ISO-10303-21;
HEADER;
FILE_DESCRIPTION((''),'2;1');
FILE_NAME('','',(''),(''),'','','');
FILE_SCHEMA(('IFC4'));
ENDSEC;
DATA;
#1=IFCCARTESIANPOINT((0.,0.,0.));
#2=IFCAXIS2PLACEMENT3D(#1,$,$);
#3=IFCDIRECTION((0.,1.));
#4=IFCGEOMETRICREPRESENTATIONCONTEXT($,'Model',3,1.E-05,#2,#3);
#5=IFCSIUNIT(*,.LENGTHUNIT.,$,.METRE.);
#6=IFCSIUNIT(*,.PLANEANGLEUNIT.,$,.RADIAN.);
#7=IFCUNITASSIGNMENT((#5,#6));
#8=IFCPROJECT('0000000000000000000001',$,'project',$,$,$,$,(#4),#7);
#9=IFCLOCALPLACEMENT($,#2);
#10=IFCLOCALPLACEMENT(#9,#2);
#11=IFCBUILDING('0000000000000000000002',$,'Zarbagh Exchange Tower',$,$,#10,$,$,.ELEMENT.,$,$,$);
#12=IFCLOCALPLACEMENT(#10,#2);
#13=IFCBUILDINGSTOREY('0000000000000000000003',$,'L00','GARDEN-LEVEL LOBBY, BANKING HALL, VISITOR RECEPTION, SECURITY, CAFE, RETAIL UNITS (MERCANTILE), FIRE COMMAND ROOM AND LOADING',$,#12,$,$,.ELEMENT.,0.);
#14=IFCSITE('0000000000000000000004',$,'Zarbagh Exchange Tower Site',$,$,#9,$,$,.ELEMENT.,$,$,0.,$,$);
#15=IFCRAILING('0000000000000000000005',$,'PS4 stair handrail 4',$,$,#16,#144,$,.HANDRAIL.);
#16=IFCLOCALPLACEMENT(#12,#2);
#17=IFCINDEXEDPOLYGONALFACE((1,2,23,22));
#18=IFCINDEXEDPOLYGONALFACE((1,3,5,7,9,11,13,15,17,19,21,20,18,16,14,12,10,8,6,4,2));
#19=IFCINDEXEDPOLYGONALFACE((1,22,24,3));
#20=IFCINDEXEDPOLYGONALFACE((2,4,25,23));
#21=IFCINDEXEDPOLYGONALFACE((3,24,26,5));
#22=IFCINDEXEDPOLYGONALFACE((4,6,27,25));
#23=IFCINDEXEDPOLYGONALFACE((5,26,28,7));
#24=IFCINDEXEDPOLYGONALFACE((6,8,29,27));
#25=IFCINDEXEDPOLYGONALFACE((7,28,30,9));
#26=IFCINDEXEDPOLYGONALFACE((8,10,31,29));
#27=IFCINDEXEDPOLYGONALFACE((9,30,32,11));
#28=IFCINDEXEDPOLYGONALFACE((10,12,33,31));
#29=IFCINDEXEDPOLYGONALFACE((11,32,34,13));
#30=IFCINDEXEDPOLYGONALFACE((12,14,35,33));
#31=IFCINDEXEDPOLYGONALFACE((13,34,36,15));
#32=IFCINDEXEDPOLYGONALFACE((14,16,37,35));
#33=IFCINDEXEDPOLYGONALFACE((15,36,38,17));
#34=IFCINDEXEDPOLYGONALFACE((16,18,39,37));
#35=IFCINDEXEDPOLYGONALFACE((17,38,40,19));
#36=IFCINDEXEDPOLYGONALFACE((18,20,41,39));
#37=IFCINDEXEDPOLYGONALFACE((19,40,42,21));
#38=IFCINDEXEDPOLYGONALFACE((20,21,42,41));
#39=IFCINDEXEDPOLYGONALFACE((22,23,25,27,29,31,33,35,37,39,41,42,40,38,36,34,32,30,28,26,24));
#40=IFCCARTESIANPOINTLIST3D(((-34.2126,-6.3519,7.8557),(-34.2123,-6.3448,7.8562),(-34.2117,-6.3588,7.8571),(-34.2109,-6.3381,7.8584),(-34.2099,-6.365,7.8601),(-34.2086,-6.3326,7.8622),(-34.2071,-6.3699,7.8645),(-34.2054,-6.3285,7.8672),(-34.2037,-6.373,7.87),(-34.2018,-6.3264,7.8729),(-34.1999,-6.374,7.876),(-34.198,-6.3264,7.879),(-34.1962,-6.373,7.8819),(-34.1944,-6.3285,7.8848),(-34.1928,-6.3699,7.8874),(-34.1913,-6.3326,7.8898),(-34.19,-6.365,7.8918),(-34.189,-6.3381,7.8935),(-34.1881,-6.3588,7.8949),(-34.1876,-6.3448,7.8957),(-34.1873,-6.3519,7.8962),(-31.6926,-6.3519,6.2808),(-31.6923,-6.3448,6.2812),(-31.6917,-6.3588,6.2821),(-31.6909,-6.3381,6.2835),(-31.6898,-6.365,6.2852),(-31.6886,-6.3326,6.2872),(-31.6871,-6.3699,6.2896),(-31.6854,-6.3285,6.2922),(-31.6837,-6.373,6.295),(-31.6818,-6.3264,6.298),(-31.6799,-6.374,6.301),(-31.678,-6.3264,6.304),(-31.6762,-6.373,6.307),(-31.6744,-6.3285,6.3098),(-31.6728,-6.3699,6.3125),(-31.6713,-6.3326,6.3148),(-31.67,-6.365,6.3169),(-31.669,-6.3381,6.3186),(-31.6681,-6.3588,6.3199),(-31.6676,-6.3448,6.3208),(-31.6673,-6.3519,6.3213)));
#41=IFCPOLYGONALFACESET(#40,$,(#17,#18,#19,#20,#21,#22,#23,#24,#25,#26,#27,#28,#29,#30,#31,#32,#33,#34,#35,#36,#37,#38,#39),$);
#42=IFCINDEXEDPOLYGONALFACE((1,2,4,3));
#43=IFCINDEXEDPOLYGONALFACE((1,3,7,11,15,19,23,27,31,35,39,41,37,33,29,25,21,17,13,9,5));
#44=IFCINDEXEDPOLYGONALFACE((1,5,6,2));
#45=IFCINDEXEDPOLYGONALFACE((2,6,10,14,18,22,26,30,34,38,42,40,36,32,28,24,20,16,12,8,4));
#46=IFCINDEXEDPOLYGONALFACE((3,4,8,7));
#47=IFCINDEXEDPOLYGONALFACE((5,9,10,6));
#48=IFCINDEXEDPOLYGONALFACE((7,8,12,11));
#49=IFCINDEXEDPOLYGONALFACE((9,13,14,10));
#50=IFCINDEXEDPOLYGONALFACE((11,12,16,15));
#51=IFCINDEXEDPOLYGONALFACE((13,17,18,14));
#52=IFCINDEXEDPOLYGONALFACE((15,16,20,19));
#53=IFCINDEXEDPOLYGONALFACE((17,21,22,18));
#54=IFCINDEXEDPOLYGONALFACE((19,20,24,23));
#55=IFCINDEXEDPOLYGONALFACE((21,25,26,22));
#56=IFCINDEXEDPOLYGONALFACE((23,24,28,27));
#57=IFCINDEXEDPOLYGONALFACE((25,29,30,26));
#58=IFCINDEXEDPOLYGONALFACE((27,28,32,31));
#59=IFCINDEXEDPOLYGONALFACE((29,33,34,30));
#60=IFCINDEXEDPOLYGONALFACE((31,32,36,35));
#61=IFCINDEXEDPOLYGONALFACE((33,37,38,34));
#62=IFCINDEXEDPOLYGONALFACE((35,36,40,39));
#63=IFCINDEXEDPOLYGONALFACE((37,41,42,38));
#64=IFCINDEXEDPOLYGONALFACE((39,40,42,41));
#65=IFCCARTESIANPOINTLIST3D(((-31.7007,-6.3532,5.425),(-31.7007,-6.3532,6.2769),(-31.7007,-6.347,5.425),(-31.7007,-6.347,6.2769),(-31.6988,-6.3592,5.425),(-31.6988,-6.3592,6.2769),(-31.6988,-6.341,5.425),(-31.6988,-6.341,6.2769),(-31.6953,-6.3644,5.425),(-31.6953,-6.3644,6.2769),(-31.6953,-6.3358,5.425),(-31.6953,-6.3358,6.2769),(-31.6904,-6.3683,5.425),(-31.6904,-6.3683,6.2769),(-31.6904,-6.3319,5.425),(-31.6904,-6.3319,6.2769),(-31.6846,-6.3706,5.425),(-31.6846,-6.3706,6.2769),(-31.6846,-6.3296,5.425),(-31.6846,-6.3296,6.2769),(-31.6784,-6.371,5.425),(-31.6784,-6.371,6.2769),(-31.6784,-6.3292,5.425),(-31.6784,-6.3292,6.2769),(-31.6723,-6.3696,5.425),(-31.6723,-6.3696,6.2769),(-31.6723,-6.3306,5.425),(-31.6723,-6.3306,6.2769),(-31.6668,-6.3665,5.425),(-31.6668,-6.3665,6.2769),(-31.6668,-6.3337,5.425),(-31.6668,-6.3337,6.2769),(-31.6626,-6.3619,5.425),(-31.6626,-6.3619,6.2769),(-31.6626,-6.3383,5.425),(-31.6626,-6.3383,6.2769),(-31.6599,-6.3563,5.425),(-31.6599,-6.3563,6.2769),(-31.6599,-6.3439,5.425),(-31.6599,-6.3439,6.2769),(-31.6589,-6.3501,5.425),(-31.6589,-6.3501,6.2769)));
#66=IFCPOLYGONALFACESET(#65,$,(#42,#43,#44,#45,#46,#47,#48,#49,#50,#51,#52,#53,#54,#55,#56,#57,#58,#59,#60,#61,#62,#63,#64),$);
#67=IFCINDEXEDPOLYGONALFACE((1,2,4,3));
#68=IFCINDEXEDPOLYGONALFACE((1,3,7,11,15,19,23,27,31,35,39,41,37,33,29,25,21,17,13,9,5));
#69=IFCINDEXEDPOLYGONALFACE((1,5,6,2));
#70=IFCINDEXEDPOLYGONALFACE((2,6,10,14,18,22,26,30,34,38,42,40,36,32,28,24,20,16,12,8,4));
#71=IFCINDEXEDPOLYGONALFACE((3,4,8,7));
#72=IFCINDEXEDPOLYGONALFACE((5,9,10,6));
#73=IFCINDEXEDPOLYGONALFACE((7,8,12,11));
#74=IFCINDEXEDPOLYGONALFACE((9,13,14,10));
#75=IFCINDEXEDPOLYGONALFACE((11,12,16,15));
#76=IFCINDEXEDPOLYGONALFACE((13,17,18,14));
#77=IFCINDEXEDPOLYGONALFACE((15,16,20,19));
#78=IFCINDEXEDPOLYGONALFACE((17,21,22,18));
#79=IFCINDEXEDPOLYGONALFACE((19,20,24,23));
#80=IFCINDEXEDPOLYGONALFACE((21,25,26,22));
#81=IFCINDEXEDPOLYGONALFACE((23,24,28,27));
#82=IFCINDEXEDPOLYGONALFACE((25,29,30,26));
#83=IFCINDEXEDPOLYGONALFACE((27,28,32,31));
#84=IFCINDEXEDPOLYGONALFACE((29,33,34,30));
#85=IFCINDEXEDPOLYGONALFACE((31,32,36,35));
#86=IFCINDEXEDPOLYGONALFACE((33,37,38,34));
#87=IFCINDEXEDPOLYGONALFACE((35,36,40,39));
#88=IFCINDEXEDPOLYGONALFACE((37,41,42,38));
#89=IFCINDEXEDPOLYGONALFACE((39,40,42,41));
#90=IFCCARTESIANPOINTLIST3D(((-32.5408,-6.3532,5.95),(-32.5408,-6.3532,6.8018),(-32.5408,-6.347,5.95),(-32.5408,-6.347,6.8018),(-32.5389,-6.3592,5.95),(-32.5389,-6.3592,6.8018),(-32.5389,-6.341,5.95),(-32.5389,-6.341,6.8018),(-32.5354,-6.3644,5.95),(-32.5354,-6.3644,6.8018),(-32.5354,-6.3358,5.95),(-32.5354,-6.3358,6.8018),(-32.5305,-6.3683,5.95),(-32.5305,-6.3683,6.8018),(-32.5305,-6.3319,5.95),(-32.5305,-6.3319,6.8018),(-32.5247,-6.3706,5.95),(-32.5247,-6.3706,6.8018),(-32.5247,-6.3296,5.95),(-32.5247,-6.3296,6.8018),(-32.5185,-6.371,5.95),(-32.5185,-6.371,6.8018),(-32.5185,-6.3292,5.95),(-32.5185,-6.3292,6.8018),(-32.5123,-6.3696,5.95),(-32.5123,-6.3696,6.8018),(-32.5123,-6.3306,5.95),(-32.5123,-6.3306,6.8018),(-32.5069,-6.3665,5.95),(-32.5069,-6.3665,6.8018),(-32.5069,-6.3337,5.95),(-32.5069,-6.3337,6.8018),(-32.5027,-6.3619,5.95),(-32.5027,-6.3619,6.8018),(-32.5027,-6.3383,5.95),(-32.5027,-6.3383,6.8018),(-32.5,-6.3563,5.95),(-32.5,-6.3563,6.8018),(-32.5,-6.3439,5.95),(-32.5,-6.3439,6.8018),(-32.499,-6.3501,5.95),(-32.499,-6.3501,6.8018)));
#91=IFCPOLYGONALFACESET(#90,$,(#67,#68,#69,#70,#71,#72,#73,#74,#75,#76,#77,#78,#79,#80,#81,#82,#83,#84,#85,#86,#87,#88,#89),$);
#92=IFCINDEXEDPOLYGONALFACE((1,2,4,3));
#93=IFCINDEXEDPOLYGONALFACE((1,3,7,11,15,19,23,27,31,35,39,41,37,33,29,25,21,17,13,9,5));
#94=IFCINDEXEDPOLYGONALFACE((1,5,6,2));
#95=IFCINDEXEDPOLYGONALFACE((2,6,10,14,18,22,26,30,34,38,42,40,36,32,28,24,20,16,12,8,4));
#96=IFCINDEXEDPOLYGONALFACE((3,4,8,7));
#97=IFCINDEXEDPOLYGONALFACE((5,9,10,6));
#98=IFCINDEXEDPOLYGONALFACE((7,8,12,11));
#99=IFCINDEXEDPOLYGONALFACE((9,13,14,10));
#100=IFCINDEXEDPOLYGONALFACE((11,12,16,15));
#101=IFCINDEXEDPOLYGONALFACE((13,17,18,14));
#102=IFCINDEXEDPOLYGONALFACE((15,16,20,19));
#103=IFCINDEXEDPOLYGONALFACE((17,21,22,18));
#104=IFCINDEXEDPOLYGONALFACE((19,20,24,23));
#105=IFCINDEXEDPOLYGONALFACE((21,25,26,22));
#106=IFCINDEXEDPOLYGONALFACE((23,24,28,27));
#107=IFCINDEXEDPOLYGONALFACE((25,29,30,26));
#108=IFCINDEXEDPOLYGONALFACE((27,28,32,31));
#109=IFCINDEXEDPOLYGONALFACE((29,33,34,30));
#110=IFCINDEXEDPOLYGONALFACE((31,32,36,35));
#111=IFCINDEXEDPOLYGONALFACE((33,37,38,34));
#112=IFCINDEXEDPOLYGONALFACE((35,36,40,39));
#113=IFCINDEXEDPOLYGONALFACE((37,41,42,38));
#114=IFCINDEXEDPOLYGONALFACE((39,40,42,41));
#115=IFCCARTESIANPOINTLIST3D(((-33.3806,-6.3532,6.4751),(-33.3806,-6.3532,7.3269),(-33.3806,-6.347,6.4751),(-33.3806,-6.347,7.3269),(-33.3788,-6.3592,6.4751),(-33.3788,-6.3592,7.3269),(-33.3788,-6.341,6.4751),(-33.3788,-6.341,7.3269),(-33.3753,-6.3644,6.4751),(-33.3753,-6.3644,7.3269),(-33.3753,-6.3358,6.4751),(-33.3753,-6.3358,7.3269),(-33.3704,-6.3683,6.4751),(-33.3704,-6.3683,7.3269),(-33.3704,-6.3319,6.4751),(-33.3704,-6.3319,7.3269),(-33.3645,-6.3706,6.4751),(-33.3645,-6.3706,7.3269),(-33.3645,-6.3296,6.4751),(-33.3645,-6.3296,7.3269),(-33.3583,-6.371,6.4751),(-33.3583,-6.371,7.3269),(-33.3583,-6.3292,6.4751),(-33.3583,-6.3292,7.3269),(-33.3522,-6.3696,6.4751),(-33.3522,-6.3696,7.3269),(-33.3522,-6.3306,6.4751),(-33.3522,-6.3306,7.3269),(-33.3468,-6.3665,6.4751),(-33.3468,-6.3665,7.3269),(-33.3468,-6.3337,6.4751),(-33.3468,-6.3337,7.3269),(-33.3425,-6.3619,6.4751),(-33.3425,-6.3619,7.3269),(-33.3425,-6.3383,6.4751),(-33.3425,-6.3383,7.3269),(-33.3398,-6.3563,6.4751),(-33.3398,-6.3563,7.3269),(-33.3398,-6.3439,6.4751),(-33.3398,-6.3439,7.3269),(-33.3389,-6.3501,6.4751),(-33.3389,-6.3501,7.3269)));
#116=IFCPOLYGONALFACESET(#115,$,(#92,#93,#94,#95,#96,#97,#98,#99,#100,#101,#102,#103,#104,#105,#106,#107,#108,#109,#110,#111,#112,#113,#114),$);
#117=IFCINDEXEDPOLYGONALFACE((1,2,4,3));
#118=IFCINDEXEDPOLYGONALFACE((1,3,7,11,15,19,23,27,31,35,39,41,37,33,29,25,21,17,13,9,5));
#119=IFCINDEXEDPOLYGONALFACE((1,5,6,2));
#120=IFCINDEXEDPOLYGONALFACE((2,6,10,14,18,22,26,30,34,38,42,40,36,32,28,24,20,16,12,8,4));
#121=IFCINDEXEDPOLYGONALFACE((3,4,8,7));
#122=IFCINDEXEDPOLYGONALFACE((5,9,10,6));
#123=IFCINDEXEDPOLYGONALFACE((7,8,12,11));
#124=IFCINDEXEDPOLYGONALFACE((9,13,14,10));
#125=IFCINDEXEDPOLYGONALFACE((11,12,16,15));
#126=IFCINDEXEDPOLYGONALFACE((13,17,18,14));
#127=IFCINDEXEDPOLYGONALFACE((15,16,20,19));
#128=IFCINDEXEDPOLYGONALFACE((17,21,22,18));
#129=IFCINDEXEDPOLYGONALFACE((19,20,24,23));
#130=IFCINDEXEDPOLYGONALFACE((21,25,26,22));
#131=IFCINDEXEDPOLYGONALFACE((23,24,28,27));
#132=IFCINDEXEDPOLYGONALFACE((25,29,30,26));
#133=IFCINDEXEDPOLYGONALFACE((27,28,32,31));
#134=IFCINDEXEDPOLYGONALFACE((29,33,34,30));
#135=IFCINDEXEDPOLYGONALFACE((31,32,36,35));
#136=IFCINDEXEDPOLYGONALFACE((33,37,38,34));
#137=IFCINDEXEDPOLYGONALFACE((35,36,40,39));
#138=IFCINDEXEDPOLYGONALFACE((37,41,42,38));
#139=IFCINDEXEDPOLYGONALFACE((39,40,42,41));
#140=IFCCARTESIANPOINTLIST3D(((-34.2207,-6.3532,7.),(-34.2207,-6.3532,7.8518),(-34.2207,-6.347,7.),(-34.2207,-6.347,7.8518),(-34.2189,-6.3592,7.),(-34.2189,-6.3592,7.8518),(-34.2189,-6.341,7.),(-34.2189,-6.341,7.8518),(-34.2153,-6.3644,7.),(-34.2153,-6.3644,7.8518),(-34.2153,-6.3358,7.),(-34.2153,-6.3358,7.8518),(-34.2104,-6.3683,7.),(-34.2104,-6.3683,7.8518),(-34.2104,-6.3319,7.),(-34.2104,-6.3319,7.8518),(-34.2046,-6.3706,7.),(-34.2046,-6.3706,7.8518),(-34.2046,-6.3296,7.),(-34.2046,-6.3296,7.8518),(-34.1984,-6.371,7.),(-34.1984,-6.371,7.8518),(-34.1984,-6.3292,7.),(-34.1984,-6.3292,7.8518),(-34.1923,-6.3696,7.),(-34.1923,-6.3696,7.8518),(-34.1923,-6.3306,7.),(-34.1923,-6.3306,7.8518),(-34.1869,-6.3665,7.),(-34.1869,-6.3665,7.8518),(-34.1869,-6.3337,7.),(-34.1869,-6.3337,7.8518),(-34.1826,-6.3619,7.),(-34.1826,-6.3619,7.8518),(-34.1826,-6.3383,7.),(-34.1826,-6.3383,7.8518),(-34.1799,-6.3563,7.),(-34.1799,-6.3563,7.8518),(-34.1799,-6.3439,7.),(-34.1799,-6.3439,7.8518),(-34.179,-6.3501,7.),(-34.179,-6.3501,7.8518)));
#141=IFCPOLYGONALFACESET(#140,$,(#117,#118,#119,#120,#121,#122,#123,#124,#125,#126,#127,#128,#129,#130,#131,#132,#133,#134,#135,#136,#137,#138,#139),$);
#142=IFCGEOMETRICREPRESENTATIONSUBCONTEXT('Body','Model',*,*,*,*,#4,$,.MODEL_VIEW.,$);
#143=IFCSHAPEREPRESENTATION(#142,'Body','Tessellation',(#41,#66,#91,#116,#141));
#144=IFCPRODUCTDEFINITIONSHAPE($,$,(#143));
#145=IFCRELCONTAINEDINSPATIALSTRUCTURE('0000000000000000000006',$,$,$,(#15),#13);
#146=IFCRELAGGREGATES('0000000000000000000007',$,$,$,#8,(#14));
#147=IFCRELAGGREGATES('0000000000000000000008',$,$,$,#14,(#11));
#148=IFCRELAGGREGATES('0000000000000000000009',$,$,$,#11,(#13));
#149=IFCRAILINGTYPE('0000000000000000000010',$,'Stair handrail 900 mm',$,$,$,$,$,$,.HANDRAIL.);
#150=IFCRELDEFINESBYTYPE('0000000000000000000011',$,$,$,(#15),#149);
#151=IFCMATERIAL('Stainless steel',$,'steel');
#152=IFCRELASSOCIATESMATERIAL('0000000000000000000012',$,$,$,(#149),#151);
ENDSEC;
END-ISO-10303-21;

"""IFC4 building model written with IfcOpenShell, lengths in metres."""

from ifc_helpers import new_model, si_unit, direction, frame, origin, origin_2d, place, context, subcontext, project, spatial, circle, extrude, material, type_object, element, save


model = new_model("IFC4")

# Units and contexts
model_context = context("Model", 3, precision=1e-05, world=origin(), true_north=direction((0.0, 1.0)))
body_context = subcontext(model_context, "Body", "Model", "MODEL_VIEW")
ifc_project = project(units=[si_unit("LENGTHUNIT", "METRE"), si_unit("PLANEANGLEUNIT", "RADIAN")], contexts=[model_context])

# Site, building, storey
site_placement = place(None, origin())
site = spatial("IfcSite", under=ifc_project, at=site_placement, Name="Zarbagh Exchange Tower Site", CompositionType="ELEMENT", RefElevation=0.0)
building_placement = place(site_placement, origin())
building = spatial("IfcBuilding", under=site, at=building_placement, Name="Zarbagh Exchange Tower", CompositionType="ELEMENT")
storey_placement = place(building_placement, origin())
storey = spatial("IfcBuildingStorey", under=building, at=storey_placement, Name="L00", Description="GARDEN-LEVEL LOBBY, BANKING HALL, VISITOR RECEPTION, SECURITY, CAFE, RETAIL UNITS (MERCANTILE), FIRE COMMAND ROOM AND LOADING", CompositionType="ELEMENT", Elevation=0.0)

# Railing
ifc_material_1 = material(Name="Stainless steel", Category="steel")
railing_type_1 = type_object("IfcRailingType", Name="Stair handrail 900 mm", PredefinedType="HANDRAIL", material=ifc_material_1)
for number, where, name in (
    (1, (-31.6799, -6.3501, 5.425), "PS4 stair handrail 4"),
):
    element("IfcRailing", number, at=place(storey_placement, frame(where)), inside=storey, type_object=railing_type_1, Name=name, PredefinedType="HANDRAIL", context=body_context, shape_type="SweptSolid", body=[
        extrude(circle(Radius=0.0239, at=origin_2d()), frame((0.0, 0.0, 0.876), z_axis=(-0.848008, 0.0, 0.529984), x_axis=(0.0, -1.0, 0.0)), (0.0, 0.0, 1.0), 2.9717),
        extrude(circle(Radius=0.021, at=origin_2d()), origin(), (0.0, 0.0, 1.0), 0.8518),
        extrude(circle(Radius=0.021, at=origin_2d()), frame((-0.8401, 0.0, 0.5249)), (0.0, 0.0, 1.0), 0.8518),
        extrude(circle(Radius=0.021, at=origin_2d()), frame((-1.6799, 0.0, 1.05)), (0.0, 0.0, 1.0), 0.8518),
        extrude(circle(Radius=0.021, at=origin_2d()), frame((-2.52, 0.0, 1.575)), (0.0, 0.0, 1.0), 0.8518),
    ])

save(model, "model.ifc")
